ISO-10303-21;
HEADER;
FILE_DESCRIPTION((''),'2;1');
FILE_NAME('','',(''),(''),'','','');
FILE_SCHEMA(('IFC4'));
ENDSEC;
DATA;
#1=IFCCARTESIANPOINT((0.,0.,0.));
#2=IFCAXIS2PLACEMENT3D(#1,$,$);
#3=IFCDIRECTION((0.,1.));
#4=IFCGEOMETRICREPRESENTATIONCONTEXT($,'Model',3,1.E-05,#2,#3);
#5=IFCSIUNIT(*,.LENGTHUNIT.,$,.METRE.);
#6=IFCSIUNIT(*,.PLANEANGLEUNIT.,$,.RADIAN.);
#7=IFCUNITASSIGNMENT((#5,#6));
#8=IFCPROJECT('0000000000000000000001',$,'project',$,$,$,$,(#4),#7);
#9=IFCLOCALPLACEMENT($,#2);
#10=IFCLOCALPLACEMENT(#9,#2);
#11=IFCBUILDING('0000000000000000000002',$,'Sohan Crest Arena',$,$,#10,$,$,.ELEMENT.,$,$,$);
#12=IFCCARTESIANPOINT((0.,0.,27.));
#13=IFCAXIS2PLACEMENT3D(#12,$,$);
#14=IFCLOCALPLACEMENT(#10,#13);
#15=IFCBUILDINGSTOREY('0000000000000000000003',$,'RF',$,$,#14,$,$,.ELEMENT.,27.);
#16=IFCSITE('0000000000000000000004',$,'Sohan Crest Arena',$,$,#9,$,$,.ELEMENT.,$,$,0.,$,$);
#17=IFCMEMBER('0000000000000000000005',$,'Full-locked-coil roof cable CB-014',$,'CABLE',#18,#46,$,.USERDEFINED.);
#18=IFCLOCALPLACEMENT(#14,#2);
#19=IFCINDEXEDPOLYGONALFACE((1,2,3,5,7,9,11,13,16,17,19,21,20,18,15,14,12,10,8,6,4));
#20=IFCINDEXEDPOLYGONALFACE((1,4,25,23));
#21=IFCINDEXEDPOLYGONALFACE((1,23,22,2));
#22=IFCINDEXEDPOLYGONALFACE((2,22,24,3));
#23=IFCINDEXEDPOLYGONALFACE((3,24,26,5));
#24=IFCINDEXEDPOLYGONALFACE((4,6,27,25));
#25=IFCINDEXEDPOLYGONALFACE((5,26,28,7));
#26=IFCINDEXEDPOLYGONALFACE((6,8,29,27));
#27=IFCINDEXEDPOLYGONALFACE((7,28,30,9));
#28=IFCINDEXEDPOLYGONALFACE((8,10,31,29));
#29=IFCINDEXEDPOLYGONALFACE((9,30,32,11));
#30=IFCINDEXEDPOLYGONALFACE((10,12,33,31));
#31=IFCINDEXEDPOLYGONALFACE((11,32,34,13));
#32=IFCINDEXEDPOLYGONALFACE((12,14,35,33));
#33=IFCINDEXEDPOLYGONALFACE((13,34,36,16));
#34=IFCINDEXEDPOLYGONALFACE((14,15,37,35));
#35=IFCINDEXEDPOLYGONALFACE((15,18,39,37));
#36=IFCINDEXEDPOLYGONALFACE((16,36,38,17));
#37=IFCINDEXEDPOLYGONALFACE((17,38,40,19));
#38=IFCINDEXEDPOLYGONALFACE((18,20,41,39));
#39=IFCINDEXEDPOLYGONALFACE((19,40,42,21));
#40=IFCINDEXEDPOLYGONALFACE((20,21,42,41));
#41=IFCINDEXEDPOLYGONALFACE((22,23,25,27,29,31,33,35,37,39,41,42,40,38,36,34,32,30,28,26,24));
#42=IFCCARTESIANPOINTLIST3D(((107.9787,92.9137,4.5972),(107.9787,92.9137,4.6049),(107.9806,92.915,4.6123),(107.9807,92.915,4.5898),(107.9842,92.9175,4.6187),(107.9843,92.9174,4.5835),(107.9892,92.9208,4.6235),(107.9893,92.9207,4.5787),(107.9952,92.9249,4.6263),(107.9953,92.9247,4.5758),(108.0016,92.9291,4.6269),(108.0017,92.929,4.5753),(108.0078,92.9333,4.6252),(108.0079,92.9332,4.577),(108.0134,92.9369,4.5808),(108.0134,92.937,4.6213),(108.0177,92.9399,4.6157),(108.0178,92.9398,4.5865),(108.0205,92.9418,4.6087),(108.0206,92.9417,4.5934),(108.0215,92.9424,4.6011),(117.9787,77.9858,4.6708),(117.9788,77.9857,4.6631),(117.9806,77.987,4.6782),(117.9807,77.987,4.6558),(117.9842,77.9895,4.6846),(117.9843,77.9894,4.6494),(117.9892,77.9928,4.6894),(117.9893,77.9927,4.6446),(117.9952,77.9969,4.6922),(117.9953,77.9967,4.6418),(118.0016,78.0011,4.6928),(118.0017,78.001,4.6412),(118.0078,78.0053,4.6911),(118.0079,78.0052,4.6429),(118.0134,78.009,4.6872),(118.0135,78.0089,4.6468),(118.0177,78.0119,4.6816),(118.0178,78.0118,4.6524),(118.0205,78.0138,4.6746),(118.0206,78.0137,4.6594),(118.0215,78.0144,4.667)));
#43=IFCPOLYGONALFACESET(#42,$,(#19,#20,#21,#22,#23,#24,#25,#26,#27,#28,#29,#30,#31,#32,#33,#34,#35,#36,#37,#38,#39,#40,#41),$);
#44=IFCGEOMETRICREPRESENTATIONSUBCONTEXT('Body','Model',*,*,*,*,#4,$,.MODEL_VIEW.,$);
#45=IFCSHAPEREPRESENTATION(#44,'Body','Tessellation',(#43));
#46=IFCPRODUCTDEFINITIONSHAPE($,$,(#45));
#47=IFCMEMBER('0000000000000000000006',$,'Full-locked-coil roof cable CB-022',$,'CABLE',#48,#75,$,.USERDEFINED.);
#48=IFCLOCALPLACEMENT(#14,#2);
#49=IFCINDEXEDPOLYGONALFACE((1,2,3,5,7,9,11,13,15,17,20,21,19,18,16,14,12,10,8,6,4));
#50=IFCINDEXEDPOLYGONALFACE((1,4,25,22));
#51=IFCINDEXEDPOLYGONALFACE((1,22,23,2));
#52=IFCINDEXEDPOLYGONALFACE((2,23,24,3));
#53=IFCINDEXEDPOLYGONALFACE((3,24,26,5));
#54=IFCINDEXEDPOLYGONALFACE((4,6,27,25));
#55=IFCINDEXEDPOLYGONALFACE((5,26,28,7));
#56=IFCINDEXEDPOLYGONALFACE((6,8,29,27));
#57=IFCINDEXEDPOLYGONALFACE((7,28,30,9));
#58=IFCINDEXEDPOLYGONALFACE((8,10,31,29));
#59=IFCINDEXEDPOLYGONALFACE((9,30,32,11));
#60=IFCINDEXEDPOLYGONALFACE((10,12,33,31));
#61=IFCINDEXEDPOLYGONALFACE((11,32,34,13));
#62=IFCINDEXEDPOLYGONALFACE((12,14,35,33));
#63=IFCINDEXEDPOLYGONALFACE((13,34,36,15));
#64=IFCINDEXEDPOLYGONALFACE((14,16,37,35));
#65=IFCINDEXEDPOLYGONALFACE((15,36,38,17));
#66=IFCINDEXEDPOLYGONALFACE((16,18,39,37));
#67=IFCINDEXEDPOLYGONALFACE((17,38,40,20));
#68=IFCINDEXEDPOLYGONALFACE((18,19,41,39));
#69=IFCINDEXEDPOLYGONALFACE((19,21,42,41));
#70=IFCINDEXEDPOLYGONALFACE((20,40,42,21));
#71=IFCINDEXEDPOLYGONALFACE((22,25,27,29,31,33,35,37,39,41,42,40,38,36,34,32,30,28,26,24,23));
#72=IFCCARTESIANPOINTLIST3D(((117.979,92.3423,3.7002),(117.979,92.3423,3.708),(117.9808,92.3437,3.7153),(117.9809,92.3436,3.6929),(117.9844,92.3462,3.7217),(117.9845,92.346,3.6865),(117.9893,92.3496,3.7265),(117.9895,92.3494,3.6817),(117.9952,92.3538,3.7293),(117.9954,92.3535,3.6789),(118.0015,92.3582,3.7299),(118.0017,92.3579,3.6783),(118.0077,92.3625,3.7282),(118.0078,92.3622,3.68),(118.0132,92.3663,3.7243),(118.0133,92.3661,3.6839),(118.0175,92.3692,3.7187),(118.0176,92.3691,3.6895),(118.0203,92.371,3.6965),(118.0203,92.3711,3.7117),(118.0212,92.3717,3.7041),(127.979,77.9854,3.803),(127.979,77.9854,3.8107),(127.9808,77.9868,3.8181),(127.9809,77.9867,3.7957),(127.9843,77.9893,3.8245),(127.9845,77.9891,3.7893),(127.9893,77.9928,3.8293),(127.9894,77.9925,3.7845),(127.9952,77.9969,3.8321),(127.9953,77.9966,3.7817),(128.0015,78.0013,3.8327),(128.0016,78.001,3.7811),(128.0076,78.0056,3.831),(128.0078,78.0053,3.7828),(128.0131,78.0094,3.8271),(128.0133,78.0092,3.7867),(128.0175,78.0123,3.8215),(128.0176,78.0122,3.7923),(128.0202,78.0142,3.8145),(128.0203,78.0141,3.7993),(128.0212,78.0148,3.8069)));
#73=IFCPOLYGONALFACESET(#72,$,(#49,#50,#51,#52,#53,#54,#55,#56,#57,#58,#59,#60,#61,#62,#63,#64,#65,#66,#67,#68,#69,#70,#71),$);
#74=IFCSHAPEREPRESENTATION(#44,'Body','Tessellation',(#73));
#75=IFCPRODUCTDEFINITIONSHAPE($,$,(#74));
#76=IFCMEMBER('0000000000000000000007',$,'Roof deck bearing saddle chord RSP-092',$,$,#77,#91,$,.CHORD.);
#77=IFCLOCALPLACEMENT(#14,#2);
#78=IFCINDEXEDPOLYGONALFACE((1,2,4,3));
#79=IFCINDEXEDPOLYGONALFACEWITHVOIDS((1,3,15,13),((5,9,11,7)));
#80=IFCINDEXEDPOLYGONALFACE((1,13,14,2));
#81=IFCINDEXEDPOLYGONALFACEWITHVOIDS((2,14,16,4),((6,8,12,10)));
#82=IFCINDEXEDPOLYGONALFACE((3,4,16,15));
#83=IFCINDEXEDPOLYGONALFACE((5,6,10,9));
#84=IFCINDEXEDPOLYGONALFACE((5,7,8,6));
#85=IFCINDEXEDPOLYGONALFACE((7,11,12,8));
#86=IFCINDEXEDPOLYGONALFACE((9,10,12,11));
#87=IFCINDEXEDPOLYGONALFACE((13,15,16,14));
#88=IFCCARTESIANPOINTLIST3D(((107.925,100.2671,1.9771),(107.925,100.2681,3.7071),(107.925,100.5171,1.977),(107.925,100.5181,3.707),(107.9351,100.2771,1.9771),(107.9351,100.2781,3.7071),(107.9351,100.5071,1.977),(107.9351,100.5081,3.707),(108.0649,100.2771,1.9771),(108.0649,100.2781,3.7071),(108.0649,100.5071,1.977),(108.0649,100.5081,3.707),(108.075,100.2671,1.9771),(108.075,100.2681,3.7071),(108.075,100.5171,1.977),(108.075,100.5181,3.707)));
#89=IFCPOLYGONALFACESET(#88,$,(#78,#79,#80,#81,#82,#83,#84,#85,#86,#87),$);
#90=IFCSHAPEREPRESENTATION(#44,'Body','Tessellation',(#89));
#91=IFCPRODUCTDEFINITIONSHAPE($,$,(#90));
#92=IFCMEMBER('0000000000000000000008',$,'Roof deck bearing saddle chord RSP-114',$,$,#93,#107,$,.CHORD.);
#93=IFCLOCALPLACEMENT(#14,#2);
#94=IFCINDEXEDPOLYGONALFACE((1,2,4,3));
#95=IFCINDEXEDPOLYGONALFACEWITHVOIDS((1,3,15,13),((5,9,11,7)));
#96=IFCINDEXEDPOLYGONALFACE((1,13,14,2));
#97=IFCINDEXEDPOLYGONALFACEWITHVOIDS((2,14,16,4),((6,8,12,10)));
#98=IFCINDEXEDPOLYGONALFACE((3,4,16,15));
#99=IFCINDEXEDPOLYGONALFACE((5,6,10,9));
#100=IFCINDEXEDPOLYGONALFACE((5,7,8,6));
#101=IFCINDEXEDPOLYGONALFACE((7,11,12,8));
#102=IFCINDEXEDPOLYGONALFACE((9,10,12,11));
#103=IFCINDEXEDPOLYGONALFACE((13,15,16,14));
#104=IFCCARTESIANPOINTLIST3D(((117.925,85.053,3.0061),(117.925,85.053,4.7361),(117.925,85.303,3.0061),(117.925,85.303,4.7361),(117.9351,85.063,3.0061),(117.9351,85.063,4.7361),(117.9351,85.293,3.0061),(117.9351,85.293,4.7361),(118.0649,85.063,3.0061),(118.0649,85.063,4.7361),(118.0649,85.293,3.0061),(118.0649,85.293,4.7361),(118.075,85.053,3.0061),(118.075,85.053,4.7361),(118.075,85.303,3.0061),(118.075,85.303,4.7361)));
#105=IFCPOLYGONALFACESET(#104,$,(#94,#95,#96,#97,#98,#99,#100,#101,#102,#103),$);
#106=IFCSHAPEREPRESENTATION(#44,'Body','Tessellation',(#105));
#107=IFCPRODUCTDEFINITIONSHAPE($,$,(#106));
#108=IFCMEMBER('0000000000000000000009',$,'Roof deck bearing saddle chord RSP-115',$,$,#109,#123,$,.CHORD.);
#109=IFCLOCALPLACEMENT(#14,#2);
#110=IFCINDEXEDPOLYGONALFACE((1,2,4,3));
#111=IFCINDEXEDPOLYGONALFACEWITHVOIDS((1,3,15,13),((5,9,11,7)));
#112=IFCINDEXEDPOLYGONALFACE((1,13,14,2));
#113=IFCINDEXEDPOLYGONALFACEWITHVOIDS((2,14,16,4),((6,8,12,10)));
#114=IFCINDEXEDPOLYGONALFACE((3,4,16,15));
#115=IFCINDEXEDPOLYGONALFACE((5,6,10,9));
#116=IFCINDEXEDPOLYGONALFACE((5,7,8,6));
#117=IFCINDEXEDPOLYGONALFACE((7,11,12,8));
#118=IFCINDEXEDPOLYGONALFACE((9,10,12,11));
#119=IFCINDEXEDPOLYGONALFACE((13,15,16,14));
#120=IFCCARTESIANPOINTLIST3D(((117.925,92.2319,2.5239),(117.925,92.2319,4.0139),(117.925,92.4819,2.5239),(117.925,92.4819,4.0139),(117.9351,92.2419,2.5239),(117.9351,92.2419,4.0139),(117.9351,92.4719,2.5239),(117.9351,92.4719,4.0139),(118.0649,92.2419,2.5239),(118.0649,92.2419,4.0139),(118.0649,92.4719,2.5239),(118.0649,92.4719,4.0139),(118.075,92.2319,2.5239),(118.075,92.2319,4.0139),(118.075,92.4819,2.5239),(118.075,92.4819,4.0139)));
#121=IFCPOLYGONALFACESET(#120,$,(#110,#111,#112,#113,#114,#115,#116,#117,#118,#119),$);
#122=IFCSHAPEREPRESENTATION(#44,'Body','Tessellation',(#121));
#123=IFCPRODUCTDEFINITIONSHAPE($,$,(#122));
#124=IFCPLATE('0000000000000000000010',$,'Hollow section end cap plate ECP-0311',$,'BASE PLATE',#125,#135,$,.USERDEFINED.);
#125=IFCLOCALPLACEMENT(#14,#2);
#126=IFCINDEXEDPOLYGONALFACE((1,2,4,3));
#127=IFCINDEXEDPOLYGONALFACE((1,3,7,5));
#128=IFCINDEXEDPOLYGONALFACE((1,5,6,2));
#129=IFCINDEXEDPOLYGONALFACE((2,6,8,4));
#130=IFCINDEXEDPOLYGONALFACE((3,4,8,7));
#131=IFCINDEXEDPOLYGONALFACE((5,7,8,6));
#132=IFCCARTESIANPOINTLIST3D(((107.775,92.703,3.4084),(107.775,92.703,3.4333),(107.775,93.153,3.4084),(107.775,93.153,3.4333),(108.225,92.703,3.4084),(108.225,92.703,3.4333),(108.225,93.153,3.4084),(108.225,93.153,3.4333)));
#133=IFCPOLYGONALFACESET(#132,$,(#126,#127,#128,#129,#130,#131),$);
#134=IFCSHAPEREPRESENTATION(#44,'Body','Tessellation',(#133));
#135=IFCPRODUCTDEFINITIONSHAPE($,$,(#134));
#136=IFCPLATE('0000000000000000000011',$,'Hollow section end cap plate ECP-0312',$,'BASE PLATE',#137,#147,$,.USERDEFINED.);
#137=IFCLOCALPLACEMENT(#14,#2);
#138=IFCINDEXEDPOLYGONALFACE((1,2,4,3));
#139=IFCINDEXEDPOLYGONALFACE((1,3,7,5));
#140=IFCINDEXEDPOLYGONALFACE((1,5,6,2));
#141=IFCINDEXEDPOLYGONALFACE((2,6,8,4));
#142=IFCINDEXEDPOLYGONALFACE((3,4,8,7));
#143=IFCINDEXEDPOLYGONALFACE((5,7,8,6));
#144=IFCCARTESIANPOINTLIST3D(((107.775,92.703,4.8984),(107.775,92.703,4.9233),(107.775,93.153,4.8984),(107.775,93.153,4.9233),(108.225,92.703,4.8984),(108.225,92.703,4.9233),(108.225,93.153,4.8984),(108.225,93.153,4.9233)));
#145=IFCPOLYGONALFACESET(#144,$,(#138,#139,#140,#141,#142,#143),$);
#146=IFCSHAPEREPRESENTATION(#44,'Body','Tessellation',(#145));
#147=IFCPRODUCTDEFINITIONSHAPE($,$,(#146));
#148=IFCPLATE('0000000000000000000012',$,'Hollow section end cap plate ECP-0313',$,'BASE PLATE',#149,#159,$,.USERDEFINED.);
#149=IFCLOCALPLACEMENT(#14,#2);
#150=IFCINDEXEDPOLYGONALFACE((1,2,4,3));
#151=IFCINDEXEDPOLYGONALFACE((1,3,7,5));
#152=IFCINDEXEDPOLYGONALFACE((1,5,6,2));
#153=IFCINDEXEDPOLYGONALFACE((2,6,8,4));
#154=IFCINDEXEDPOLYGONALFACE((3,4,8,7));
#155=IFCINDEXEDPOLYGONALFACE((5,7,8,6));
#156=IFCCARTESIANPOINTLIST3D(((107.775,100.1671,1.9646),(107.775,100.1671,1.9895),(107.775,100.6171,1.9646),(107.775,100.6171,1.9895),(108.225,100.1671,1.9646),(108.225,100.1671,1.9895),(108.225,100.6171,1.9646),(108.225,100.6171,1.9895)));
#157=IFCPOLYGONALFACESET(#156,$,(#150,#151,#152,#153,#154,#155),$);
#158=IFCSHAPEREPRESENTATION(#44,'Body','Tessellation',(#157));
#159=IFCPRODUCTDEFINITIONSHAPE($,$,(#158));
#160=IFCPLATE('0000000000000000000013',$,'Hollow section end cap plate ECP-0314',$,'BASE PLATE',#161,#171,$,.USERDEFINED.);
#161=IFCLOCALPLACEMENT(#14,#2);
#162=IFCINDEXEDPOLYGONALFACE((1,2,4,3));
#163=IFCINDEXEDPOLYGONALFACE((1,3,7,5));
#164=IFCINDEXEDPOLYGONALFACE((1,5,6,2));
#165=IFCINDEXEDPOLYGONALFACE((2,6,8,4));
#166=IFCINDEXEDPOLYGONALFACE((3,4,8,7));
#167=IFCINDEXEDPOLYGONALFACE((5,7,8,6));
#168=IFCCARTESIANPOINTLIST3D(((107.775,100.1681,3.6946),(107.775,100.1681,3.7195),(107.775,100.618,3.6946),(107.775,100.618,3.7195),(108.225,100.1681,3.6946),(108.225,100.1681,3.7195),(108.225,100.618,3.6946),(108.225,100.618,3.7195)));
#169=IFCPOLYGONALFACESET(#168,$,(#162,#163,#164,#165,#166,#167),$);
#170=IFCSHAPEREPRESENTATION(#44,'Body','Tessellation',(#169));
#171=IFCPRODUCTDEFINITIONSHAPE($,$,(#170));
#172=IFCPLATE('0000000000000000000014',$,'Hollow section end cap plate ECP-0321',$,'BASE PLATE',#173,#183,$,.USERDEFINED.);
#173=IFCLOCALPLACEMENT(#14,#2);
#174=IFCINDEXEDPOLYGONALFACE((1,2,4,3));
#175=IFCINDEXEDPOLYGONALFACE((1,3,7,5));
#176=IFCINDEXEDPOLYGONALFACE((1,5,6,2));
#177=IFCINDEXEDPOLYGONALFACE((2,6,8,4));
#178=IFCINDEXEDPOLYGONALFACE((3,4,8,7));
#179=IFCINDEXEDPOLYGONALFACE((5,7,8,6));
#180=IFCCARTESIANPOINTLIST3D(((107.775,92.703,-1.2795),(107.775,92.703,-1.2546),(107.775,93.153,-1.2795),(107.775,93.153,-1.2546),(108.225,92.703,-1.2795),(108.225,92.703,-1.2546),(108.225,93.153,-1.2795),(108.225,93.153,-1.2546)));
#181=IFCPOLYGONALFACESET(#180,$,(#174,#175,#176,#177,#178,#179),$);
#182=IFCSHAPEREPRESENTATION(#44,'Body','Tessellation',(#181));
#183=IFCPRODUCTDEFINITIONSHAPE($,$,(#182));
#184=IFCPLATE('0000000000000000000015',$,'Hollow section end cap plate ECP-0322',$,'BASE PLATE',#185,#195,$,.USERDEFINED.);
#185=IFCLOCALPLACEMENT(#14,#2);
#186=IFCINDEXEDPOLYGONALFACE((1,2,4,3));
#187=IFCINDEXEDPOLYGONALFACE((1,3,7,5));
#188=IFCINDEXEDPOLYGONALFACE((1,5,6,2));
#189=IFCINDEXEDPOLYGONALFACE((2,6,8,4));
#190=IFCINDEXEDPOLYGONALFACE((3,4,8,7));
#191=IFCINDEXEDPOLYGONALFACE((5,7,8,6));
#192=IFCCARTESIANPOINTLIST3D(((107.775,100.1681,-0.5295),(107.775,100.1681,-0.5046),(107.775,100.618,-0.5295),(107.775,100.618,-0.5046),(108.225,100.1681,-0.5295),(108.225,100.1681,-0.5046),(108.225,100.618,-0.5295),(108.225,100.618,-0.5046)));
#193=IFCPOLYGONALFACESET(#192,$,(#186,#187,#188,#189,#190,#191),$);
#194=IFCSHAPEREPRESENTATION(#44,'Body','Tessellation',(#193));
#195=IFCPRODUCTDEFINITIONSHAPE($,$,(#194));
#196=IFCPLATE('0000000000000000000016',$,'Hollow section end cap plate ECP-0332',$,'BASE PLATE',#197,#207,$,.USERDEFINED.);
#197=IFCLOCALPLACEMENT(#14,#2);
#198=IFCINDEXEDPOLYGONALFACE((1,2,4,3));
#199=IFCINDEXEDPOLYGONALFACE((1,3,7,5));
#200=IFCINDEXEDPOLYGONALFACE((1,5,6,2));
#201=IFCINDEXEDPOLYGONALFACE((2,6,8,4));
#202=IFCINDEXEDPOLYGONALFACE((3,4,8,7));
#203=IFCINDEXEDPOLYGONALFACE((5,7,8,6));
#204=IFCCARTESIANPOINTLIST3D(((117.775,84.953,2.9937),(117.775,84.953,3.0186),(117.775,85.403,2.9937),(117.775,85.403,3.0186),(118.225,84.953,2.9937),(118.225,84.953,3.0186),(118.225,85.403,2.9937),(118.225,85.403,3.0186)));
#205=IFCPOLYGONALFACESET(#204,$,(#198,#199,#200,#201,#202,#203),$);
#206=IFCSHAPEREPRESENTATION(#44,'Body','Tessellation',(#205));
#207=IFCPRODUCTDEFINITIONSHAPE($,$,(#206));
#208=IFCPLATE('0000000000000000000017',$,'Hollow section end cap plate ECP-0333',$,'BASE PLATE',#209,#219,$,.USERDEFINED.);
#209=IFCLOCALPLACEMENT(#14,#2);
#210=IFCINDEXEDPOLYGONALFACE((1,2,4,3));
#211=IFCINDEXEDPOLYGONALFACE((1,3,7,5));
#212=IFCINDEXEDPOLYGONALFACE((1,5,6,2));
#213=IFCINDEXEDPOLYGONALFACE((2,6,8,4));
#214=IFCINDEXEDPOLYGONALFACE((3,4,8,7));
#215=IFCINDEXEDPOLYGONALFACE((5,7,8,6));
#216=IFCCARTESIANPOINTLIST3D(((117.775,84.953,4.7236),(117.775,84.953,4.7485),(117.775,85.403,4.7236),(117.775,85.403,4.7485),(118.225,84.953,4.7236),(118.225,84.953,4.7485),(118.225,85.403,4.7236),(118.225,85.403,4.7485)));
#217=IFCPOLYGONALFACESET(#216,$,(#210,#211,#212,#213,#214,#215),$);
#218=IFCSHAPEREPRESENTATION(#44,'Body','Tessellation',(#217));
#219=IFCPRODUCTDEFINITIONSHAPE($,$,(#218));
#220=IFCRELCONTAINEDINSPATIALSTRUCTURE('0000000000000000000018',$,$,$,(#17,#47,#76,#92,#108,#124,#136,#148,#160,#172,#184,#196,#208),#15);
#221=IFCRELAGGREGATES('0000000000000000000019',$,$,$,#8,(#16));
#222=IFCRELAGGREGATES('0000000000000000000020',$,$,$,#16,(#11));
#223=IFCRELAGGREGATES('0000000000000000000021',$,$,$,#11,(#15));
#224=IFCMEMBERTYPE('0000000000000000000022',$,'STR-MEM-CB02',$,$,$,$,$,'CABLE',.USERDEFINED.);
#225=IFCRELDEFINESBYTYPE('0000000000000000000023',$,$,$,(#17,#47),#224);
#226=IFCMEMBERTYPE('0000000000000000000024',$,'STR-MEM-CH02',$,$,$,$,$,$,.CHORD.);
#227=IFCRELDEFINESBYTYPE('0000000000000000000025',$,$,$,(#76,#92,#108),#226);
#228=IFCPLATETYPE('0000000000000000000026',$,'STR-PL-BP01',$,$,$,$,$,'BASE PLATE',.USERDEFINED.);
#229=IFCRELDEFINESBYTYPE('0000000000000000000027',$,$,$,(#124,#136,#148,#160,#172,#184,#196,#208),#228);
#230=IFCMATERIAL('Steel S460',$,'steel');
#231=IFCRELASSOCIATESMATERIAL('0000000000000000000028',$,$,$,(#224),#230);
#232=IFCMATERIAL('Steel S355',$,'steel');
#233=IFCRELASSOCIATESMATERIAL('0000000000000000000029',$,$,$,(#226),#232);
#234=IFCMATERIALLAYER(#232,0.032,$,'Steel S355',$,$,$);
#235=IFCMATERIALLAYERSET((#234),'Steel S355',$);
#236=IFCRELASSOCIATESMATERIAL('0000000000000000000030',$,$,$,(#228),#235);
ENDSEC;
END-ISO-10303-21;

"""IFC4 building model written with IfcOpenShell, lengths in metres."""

from ifc_helpers import new_model, si_unit, direction, frame, origin, origin_2d, place, context, subcontext, project, spatial, rectangle, hollow_rectangle, circle, extrude, material, layer, layer_set, material_profile, profile_set, type_object, element, save


model = new_model("IFC4")

# Units and contexts
model_context = context("Model", 3, precision=1e-05, world=origin(), true_north=direction((0.0, 1.0)))
body_context = subcontext(model_context, "Body", "Model", "MODEL_VIEW")
ifc_project = project(units=[si_unit("LENGTHUNIT", "METRE"), si_unit("PLANEANGLEUNIT", "RADIAN")], contexts=[model_context])

# Site, building, storey
site_placement = place(None, origin())
site = spatial("IfcSite", under=ifc_project, at=site_placement, Name="Sohan Crest Arena", CompositionType="ELEMENT", RefElevation=0.0)
building_placement = place(site_placement, origin())
building = spatial("IfcBuilding", under=site, at=building_placement, Name="Sohan Crest Arena", CompositionType="ELEMENT")
storey_placement = place(building_placement, frame((0.0, 0.0, 27.0)))
storey = spatial("IfcBuildingStorey", under=building, at=storey_placement, Name="RF", CompositionType="ELEMENT", Elevation=27.0)

# Shared definitions
ifc_material_1 = material(Name="Steel S355", Category="steel")

# Members
ifc_material_2 = material(Name="Steel S460", Category="steel")
ifc_material_profile_1 = material_profile(ifc_material_2, circle(Radius=0.0259, at=origin_2d()), Name="FLC D52")
ifc_profile_set_1 = profile_set([ifc_material_profile_1], Name="Steel S460")
member_type_1 = type_object("IfcMemberType", Name="STR-MEM-CB02", ElementType="CABLE", PredefinedType="USERDEFINED", material=ifc_profile_set_1)
member_1_placement = place(storey_placement, frame((108.0, 92.928, 4.6011), z_axis=(0.556545, -0.830809, 0.003669), x_axis=(0.830815, 0.556549, 0.0)))
element("IfcMember", 1, at=member_1_placement, inside=storey, type_object=member_type_1, Name="Full-locked-coil roof cable CB-014", ObjectType="CABLE", PredefinedType="USERDEFINED", context=body_context, shape_type="SweptSolid", body=[
    extrude(circle(Radius=0.0259, at=origin_2d()), origin(), (0.0, 0.0, 1.0), 17.968),
])
member_2_placement = place(storey_placement, frame((118.0, 92.3569, 3.7041), z_axis=(0.571539, -0.820554, 0.005874), x_axis=(0.820568, 0.571548, 0.0)))
element("IfcMember", 2, at=member_2_placement, inside=storey, type_object=member_type_1, Name="Full-locked-coil roof cable CB-022", ObjectType="CABLE", PredefinedType="USERDEFINED", context=body_context, shape_type="SweptSolid", body=[
    extrude(circle(Radius=0.0259, at=origin_2d()), origin(), (0.0, 0.0, 1.0), 17.4966),
])
ifc_material_profile_2 = material_profile(ifc_material_1, hollow_rectangle(XDim=0.1499, YDim=0.25, WallThickness=0.01, at=origin_2d()), Name="RHS 250x150x10")
ifc_profile_set_2 = profile_set([ifc_material_profile_2], Name="Steel S355")
member_type_2 = type_object("IfcMemberType", Name="STR-MEM-CH02", PredefinedType="CHORD", material=ifc_profile_set_2)
for number, where, z_axis, x_axis, name in (
    (3, (108.0, 100.3921, 1.9771), (0.0, 0.000564, 1.0), (1.0, 0.0, 0.0), "Roof deck bearing saddle chord RSP-092"),
    (4, (118.0, 85.178, 3.0061), (0.0, 0.0, 1.0), (1.0, 0.0, 0.0), "Roof deck bearing saddle chord RSP-114"),
):
    element("IfcMember", number, at=place(storey_placement, frame(where, z_axis=z_axis, x_axis=x_axis)), inside=storey, type_object=member_type_2, Name=name, PredefinedType="CHORD", context=body_context, shape_type="SweptSolid", body=[
        extrude(hollow_rectangle(XDim=0.1499, YDim=0.25, WallThickness=0.01, at=origin_2d()), origin(), (0.0, 0.0, 1.0), 1.73),
    ])
member_3_placement = place(storey_placement, frame((118.0, 92.3569, 2.5239), z_axis=(0.0, 0.0, 1.0), x_axis=(1.0, 0.0, 0.0)))
element("IfcMember", 5, at=member_3_placement, inside=storey, type_object=member_type_2, Name="Roof deck bearing saddle chord RSP-115", PredefinedType="CHORD", context=body_context, shape_type="SweptSolid", body=[
    extrude(hollow_rectangle(XDim=0.1499, YDim=0.25, WallThickness=0.01, at=origin_2d()), origin(), (0.0, 0.0, 1.0), 1.49),
])

# Plates
ifc_layer = layer(ifc_material_1, 0.032, Name="Steel S355")
ifc_layer_set = layer_set([ifc_layer], Name="Steel S355")
plate_type = type_object("IfcPlateType", Name="STR-PL-BP01", ElementType="BASE PLATE", PredefinedType="USERDEFINED", material=ifc_layer_set)
for number, where, z_axis, x_axis, name in (
    (6, (108.0, 92.928, 3.4084), (0.0, 0.0, 1.0), (1.0, 0.0, 0.0), "Hollow section end cap plate ECP-0311"),
    (7, (108.0, 92.928, 4.8984), (0.0, 0.0, 1.0), (1.0, 0.0, 0.0), "Hollow section end cap plate ECP-0312"),
    (8, (108.0, 100.3921, 1.9646), (0.0, 0.0, 1.0), (1.0, 0.0, 0.0), "Hollow section end cap plate ECP-0313"),
    (9, (108.0, 100.3931, 3.6946), (0.0, 0.0, 1.0), (1.0, 0.0, 0.0), "Hollow section end cap plate ECP-0314"),
    (10, (108.0, 92.928, -1.2795), (0.0, 0.0, 1.0), (1.0, 0.0, 0.0), "Hollow section end cap plate ECP-0321"),
    (11, (108.0, 100.3931, -0.5295), (0.0, 0.0, 1.0), (1.0, 0.0, 0.0), "Hollow section end cap plate ECP-0322"),
    (12, (118.0, 85.178, 2.9937), (0.0, 0.0, 1.0), (1.0, 0.0, 0.0), "Hollow section end cap plate ECP-0332"),
    (13, (118.0, 85.178, 4.7236), (0.0, 0.0, 1.0), (1.0, 0.0, 0.0), "Hollow section end cap plate ECP-0333"),
):
    element("IfcPlate", number, at=place(storey_placement, frame(where, z_axis=z_axis, x_axis=x_axis)), inside=storey, type_object=plate_type, Name=name, ObjectType="BASE PLATE", PredefinedType="USERDEFINED", context=body_context, shape_type="SweptSolid", body=[
        extrude(rectangle(XDim=0.45, YDim=0.45, at=origin_2d()), origin(), (0.0, 0.0, 1.0), 0.0249),
    ])

save(model, "model.ifc")
